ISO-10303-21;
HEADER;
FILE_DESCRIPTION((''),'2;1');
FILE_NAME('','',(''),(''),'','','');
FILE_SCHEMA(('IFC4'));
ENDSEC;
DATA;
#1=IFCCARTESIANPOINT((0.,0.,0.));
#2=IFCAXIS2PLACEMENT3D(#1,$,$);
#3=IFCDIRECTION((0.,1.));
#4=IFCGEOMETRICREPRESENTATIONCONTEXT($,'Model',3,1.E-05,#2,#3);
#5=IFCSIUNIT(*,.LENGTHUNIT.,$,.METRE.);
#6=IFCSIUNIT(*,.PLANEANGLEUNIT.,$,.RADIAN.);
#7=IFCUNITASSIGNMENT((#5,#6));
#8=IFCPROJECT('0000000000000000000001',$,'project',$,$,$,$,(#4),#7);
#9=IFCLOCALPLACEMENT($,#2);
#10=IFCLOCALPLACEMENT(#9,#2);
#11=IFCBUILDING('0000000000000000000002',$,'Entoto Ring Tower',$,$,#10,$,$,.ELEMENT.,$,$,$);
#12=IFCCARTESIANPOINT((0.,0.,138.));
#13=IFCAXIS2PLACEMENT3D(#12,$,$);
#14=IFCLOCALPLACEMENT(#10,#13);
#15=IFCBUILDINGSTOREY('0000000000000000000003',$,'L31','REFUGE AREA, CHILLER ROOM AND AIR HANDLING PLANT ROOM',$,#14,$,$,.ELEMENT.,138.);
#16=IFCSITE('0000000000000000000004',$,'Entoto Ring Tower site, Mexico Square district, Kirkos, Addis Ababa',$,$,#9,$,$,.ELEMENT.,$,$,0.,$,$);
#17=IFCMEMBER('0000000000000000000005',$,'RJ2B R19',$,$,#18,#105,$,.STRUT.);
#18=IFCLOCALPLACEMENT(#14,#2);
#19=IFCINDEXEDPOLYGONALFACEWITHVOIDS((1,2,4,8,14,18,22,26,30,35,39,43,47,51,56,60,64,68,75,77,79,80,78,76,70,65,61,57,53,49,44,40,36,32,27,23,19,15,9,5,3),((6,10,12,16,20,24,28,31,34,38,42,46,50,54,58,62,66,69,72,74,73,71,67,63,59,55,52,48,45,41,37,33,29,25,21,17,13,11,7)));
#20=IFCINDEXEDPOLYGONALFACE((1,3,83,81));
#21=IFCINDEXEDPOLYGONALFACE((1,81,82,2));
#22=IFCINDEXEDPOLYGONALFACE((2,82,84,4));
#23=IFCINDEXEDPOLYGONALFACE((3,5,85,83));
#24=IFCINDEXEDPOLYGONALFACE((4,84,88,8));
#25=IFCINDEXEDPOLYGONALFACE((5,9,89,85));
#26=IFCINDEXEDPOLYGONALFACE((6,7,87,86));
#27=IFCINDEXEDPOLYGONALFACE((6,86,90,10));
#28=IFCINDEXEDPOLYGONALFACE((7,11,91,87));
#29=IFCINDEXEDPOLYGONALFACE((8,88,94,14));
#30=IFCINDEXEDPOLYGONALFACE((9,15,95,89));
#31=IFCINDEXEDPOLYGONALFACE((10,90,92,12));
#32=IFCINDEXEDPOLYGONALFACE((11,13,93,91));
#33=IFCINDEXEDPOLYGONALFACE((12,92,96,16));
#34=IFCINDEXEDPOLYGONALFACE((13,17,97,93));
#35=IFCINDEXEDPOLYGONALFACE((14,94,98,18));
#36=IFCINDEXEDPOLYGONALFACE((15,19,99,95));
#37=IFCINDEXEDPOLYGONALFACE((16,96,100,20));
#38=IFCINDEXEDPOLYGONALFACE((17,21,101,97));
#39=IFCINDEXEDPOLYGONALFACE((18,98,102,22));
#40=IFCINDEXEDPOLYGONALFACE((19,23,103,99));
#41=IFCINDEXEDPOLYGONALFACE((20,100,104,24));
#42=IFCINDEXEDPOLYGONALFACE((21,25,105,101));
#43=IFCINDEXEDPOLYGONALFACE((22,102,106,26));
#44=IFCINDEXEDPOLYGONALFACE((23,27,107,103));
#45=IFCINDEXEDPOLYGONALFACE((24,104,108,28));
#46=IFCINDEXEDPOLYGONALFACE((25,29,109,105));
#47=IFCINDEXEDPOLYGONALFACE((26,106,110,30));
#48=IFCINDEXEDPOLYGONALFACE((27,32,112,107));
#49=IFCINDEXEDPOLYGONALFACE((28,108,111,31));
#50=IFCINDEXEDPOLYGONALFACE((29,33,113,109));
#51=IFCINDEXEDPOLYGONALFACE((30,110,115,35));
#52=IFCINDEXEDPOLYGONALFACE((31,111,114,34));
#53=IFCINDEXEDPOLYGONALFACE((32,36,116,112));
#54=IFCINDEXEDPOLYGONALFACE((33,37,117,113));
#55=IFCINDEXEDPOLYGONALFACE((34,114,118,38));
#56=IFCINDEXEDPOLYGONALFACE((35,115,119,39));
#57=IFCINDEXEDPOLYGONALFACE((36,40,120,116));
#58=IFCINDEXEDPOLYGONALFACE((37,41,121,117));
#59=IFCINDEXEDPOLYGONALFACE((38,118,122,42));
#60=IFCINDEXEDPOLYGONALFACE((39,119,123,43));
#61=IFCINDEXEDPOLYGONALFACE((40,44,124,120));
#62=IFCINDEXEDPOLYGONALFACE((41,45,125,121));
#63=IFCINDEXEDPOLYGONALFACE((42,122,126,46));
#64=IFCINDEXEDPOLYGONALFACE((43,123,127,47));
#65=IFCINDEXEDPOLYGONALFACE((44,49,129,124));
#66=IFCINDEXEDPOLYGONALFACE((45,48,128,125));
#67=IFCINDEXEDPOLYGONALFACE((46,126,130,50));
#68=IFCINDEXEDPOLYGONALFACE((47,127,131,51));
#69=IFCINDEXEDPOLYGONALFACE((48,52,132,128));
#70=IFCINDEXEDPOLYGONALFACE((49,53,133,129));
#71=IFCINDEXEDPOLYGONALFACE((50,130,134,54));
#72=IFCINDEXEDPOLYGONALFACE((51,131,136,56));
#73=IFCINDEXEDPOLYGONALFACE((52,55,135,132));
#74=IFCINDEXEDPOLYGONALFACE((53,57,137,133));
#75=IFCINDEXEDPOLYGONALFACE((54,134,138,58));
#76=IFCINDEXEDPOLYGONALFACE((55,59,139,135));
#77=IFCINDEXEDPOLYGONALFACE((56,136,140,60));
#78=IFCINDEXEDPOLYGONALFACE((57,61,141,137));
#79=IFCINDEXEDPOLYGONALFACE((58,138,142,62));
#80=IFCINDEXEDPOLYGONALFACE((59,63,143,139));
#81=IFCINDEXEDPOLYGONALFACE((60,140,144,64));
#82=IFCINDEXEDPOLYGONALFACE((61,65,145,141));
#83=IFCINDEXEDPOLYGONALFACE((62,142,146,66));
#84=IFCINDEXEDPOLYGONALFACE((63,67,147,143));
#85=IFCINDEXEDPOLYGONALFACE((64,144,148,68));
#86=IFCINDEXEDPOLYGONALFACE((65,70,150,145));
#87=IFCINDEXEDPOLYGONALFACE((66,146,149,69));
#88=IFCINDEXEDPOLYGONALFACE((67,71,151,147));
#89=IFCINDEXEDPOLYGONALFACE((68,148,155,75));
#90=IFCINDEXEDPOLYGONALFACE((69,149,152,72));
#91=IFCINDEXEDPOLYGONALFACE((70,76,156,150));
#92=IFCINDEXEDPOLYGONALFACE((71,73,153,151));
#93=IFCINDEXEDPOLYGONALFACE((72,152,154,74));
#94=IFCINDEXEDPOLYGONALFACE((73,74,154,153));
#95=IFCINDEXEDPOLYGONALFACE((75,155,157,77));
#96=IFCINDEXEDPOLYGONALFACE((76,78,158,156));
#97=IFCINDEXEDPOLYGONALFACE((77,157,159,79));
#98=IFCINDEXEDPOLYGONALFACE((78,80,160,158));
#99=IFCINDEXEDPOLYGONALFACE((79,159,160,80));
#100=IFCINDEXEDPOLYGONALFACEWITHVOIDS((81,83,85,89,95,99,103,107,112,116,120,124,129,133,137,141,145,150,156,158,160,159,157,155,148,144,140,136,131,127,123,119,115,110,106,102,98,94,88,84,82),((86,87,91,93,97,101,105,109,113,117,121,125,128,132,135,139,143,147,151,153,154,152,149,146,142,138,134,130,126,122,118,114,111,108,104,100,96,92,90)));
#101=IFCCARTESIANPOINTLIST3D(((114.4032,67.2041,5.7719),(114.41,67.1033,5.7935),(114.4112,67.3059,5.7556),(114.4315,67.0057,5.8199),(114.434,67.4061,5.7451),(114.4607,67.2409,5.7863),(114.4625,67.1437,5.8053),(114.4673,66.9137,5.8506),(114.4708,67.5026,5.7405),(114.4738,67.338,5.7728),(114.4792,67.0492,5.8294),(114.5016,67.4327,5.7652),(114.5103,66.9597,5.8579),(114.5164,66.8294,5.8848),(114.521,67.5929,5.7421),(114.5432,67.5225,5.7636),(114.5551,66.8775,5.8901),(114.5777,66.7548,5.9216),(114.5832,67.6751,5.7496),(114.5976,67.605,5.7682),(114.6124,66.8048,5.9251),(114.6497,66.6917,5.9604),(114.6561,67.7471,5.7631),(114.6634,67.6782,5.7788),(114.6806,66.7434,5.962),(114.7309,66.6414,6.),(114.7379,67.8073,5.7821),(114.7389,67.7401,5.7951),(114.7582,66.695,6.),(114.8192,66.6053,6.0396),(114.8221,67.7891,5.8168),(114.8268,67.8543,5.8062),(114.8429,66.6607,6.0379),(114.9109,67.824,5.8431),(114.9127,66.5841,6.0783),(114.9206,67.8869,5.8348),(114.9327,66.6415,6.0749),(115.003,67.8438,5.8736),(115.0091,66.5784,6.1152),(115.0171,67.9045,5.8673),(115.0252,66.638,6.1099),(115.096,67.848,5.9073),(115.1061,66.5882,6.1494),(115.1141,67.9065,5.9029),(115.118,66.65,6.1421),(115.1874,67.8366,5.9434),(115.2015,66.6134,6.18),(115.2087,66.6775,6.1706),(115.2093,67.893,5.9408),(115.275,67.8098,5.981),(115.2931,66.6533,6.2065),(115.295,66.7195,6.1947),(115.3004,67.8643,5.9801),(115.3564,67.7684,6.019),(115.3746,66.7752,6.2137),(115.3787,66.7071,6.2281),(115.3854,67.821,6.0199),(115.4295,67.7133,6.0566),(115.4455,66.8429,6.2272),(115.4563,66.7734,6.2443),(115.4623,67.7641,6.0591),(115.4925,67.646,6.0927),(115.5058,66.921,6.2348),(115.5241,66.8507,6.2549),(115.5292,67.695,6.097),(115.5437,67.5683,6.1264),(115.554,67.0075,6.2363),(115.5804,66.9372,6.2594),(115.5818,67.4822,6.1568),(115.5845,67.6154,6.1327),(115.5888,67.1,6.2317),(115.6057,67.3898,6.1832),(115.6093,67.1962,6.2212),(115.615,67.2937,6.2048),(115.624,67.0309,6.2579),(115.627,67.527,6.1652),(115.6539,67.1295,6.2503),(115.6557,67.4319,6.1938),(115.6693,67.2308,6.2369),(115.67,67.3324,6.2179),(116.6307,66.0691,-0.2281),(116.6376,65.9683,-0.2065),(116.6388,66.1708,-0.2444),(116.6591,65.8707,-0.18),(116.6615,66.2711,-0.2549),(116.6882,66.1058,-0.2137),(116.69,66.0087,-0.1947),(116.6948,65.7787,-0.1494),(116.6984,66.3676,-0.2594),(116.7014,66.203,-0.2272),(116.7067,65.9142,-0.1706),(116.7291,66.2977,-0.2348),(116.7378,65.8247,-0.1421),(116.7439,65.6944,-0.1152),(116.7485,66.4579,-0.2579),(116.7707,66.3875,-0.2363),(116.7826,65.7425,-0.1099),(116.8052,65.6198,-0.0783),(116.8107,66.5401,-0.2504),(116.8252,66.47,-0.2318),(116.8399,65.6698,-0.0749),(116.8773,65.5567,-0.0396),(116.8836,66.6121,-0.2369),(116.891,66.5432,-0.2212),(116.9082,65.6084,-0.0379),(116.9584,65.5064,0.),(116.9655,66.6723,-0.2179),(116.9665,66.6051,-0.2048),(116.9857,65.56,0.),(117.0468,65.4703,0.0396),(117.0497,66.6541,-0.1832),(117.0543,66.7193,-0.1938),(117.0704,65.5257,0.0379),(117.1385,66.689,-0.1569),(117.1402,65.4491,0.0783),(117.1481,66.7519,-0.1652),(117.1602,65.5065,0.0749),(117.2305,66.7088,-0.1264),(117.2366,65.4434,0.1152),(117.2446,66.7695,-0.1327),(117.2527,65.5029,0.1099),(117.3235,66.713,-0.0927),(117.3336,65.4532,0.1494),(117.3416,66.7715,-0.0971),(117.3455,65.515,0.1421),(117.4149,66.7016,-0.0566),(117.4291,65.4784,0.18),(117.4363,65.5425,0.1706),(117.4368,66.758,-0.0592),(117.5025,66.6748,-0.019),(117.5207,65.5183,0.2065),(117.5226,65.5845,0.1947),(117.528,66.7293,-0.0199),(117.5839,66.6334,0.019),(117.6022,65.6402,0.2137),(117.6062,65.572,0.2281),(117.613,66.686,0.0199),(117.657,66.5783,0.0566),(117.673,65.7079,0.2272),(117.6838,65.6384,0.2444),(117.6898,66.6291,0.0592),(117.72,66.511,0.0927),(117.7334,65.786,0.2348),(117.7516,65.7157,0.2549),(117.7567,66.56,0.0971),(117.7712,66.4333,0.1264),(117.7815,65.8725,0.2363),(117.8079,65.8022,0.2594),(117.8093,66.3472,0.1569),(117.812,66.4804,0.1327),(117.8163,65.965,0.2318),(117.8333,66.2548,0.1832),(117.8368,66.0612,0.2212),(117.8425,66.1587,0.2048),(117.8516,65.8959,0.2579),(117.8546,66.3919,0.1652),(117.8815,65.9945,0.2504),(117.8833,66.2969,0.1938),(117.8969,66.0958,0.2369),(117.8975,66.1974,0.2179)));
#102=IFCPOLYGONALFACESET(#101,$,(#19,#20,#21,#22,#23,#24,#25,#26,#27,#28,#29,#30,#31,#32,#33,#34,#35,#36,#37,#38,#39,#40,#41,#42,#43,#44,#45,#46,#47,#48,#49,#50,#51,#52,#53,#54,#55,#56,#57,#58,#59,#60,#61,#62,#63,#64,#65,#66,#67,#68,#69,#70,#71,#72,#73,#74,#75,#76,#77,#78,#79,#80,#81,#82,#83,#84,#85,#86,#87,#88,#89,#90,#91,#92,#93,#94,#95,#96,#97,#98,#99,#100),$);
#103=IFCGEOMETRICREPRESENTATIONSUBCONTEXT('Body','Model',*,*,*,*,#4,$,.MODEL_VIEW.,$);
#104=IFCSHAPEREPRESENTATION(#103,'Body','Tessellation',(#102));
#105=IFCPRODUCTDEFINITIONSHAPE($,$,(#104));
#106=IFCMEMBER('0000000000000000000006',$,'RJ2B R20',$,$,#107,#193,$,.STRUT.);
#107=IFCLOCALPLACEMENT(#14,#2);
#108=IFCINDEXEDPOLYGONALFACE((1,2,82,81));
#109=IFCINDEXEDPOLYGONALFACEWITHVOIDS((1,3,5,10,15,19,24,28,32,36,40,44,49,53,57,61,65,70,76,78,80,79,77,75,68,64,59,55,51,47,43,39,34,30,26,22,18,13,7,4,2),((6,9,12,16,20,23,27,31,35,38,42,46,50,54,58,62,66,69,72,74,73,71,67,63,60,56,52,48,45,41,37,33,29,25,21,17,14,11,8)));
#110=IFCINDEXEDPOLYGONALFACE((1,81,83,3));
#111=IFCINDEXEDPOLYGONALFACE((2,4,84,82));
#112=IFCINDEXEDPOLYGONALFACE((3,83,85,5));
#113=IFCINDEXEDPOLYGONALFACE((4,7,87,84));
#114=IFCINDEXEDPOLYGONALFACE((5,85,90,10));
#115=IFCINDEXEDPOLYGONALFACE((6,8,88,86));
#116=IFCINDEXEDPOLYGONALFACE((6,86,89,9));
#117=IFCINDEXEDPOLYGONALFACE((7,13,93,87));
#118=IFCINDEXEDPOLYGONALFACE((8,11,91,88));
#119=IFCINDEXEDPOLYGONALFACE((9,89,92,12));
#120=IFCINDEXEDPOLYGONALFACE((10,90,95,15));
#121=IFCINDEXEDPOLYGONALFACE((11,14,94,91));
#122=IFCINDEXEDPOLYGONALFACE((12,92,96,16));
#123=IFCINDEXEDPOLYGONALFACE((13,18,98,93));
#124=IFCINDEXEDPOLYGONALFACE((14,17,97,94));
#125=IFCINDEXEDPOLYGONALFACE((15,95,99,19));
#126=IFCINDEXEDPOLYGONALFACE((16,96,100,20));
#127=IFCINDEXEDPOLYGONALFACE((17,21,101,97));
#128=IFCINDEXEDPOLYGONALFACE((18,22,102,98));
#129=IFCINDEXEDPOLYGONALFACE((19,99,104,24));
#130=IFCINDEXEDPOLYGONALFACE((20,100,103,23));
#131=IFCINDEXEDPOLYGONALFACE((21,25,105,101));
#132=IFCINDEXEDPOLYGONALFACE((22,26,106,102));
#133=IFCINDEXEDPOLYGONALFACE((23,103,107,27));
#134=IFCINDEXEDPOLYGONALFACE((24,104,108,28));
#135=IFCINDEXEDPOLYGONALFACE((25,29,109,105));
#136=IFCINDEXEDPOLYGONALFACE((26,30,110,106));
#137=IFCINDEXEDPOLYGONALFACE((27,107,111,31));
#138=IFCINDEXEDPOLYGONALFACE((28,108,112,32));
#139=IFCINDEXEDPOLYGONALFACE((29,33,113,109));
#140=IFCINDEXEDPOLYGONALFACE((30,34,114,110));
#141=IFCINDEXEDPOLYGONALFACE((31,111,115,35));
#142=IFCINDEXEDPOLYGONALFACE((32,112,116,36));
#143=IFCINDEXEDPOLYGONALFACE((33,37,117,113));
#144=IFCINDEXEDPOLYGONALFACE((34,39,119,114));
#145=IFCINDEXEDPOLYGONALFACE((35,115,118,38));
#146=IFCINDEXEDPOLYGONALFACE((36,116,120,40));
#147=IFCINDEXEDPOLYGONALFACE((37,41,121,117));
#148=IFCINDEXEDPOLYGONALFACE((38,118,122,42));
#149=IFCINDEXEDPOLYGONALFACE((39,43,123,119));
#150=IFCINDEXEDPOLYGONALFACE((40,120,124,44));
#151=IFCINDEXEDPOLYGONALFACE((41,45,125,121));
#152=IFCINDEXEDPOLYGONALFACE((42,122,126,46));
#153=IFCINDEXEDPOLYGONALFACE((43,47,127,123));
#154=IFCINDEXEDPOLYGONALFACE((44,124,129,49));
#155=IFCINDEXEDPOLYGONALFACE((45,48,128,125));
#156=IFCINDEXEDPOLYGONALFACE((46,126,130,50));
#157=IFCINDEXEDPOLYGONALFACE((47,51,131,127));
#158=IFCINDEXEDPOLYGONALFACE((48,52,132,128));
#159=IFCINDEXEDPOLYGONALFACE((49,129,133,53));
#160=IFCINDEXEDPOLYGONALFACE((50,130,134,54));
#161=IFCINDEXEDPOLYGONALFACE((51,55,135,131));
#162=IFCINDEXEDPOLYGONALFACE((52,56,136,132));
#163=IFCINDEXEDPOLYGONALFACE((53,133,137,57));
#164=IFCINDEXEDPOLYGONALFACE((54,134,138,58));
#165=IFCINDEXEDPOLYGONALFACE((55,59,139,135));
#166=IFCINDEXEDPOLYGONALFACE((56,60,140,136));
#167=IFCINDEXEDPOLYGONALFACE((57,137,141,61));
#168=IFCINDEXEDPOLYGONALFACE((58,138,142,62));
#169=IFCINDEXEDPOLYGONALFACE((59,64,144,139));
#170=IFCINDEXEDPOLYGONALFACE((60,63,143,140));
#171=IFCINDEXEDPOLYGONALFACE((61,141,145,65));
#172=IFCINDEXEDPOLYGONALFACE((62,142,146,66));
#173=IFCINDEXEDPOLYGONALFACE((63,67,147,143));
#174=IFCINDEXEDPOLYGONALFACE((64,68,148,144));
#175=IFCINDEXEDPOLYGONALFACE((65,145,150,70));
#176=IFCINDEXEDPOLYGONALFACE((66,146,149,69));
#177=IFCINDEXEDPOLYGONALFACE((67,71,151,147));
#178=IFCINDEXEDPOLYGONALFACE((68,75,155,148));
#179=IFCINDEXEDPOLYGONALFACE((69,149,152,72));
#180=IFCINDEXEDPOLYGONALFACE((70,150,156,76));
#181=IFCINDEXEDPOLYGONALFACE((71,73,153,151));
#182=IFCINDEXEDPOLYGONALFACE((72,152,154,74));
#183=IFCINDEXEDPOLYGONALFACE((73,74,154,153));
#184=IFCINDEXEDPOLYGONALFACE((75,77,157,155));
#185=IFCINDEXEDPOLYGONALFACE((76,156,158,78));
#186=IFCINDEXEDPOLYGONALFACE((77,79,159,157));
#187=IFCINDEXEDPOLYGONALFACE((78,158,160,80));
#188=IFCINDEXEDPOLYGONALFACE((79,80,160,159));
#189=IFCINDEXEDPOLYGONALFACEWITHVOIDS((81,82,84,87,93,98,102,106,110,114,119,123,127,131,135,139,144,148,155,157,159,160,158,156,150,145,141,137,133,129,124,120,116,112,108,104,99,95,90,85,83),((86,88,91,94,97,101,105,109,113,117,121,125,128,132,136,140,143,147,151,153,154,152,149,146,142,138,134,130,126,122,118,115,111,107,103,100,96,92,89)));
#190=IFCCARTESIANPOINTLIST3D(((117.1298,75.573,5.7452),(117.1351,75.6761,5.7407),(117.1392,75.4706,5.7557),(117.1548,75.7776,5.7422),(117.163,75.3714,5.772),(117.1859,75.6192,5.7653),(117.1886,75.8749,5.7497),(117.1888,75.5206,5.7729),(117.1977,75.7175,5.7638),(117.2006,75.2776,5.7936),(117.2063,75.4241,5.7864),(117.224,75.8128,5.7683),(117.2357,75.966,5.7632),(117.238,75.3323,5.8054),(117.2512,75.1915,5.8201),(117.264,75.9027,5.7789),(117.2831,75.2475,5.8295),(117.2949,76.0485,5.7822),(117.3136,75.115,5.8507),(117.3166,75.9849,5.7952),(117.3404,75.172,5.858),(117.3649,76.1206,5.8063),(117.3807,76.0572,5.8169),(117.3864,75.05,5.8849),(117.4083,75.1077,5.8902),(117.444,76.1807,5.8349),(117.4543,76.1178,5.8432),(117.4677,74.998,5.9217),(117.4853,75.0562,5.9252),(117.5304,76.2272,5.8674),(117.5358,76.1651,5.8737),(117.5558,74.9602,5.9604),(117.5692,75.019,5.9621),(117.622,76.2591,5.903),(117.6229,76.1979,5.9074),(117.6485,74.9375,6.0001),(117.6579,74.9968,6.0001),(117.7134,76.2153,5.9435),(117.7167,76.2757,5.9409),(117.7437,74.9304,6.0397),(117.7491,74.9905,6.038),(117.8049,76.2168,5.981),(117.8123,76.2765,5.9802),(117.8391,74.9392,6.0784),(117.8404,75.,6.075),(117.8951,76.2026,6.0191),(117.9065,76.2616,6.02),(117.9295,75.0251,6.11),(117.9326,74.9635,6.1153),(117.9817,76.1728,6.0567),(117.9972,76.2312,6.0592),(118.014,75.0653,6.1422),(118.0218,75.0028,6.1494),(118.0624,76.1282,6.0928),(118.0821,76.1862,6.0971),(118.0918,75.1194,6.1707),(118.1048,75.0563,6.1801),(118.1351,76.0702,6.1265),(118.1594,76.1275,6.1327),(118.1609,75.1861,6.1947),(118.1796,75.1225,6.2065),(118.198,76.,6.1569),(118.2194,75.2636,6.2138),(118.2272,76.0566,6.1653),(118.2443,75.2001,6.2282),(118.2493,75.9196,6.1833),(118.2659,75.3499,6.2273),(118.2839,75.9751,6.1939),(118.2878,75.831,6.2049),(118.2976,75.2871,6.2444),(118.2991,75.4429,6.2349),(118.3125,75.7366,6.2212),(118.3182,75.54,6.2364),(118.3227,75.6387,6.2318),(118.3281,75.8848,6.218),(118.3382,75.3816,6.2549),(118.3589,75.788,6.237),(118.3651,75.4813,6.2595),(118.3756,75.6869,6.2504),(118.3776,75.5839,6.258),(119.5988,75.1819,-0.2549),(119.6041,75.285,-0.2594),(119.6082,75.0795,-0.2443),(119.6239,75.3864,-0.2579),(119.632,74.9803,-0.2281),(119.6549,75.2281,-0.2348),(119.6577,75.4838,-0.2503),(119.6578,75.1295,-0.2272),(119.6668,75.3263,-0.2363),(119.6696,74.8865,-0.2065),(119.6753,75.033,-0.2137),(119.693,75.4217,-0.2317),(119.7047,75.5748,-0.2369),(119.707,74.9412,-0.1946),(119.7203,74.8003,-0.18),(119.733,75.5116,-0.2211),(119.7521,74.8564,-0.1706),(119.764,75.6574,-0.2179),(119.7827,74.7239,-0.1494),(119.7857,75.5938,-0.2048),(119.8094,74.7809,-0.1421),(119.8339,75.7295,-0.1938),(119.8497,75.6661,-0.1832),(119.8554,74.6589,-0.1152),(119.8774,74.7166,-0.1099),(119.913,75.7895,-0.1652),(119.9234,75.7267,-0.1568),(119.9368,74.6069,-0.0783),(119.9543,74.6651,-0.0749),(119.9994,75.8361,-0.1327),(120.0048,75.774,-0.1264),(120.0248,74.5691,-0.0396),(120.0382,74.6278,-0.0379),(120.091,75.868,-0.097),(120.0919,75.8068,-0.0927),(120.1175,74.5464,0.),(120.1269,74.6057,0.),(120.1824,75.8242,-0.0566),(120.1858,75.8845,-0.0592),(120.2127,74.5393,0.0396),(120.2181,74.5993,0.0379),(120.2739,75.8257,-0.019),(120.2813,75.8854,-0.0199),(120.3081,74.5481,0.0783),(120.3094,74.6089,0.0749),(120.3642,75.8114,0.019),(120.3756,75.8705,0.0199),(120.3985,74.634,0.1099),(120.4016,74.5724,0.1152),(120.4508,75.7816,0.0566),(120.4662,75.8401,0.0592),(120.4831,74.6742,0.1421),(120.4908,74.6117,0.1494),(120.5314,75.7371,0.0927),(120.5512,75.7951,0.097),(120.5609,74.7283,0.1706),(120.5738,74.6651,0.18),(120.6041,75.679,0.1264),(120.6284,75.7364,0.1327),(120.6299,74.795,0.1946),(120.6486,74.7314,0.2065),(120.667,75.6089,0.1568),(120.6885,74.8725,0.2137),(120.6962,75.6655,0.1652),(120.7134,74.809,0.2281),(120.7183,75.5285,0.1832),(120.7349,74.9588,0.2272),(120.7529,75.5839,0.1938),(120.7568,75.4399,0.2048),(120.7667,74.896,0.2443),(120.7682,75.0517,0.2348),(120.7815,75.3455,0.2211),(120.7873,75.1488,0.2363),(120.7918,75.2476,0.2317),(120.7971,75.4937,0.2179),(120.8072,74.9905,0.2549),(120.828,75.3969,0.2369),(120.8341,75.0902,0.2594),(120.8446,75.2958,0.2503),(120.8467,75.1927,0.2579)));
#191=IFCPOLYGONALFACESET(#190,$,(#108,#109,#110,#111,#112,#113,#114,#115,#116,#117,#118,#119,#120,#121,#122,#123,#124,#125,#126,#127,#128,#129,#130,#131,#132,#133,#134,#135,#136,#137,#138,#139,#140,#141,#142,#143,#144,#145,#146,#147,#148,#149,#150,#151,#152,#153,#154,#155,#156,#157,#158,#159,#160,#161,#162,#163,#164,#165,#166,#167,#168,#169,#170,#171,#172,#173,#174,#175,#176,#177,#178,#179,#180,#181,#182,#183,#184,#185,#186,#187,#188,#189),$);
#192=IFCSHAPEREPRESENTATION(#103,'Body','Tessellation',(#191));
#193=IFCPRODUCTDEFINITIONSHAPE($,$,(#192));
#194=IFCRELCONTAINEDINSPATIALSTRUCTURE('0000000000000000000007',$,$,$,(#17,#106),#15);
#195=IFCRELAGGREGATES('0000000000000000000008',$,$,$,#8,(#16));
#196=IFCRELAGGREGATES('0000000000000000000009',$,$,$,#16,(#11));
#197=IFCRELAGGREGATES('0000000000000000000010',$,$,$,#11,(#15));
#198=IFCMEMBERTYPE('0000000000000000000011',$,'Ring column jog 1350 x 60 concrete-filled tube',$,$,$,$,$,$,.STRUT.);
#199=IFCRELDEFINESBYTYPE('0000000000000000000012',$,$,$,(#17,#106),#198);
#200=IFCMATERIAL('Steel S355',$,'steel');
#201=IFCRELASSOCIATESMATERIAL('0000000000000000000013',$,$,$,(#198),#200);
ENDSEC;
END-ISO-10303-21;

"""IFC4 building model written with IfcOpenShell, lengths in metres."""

from ifc_helpers import new_model, si_unit, direction, frame, origin, origin_2d, place, context, subcontext, project, spatial, circle, hollow_circle, extrude, material, material_profile, profile_set, type_object, element, save


model = new_model("IFC4")

# Units and contexts
model_context = context("Model", 3, precision=1e-05, world=origin(), true_north=direction((0.0, 1.0)))
body_context = subcontext(model_context, "Body", "Model", "MODEL_VIEW")
ifc_project = project(units=[si_unit("LENGTHUNIT", "METRE"), si_unit("PLANEANGLEUNIT", "RADIAN")], contexts=[model_context])

# Site, building, storey
site_placement = place(None, origin())
site = spatial("IfcSite", under=ifc_project, at=site_placement, Name="Entoto Ring Tower site, Mexico Square district, Kirkos, Addis Ababa", CompositionType="ELEMENT", RefElevation=0.0)
building_placement = place(site_placement, origin())
building = spatial("IfcBuilding", under=site, at=building_placement, Name="Entoto Ring Tower", CompositionType="ELEMENT")
storey_placement = place(building_placement, frame((0.0, 0.0, 138.0)))
storey = spatial("IfcBuildingStorey", under=building, at=storey_placement, Name="L31", Description="REFUGE AREA, CHILLER ROOM AND AIR HANDLING PLANT ROOM", CompositionType="ELEMENT", Elevation=138.0)

# Members
ifc_material_1 = material(Name="Steel S355", Category="steel")
ifc_material_profile_1 = material_profile(ifc_material_1, hollow_circle(Radius=0.675, WallThickness=0.0601, at=origin_2d()), Name="CHS 1350 x 60")
ifc_material_2 = material(Name="Concrete C60/75", Category="concrete")
ifc_material_profile_2 = material_profile(ifc_material_2, circle(Radius=0.615, at=origin_2d()), Name="Concrete C60/75 infill")
ifc_profile_set_1 = profile_set([ifc_material_profile_1, ifc_material_profile_2], Name="Steel S355")
member_type_1 = type_object("IfcMemberType", Name="Ring column jog 1350 x 60 concrete-filled tube", PredefinedType="STRUT", material=ifc_profile_set_1)
for number, where, z_axis, x_axis, name in (
    (1, (117.2649, 66.1079, 0.0), (-0.342698, 0.174617, 0.923075), (-0.453997, -0.891003, 0.0), "RJ2B R19"),
    (2, (120.2231, 75.2131, 0.0), (-0.37985, 0.060172, 0.923089), (-0.156459, -0.987684, 0.0), "RJ2B R20"),
):
    element("IfcMember", number, at=place(storey_placement, frame(where, z_axis=z_axis, x_axis=x_axis)), inside=storey, type_object=member_type_1, Name=name, PredefinedType="STRUT", context=body_context, shape_type="SweptSolid", body=[
        extrude(hollow_circle(Radius=0.675, WallThickness=0.0601, at=origin_2d()), origin(), (0.0, 0.0, 1.0), 6.5),
    ])

save(model, "model.ifc")
